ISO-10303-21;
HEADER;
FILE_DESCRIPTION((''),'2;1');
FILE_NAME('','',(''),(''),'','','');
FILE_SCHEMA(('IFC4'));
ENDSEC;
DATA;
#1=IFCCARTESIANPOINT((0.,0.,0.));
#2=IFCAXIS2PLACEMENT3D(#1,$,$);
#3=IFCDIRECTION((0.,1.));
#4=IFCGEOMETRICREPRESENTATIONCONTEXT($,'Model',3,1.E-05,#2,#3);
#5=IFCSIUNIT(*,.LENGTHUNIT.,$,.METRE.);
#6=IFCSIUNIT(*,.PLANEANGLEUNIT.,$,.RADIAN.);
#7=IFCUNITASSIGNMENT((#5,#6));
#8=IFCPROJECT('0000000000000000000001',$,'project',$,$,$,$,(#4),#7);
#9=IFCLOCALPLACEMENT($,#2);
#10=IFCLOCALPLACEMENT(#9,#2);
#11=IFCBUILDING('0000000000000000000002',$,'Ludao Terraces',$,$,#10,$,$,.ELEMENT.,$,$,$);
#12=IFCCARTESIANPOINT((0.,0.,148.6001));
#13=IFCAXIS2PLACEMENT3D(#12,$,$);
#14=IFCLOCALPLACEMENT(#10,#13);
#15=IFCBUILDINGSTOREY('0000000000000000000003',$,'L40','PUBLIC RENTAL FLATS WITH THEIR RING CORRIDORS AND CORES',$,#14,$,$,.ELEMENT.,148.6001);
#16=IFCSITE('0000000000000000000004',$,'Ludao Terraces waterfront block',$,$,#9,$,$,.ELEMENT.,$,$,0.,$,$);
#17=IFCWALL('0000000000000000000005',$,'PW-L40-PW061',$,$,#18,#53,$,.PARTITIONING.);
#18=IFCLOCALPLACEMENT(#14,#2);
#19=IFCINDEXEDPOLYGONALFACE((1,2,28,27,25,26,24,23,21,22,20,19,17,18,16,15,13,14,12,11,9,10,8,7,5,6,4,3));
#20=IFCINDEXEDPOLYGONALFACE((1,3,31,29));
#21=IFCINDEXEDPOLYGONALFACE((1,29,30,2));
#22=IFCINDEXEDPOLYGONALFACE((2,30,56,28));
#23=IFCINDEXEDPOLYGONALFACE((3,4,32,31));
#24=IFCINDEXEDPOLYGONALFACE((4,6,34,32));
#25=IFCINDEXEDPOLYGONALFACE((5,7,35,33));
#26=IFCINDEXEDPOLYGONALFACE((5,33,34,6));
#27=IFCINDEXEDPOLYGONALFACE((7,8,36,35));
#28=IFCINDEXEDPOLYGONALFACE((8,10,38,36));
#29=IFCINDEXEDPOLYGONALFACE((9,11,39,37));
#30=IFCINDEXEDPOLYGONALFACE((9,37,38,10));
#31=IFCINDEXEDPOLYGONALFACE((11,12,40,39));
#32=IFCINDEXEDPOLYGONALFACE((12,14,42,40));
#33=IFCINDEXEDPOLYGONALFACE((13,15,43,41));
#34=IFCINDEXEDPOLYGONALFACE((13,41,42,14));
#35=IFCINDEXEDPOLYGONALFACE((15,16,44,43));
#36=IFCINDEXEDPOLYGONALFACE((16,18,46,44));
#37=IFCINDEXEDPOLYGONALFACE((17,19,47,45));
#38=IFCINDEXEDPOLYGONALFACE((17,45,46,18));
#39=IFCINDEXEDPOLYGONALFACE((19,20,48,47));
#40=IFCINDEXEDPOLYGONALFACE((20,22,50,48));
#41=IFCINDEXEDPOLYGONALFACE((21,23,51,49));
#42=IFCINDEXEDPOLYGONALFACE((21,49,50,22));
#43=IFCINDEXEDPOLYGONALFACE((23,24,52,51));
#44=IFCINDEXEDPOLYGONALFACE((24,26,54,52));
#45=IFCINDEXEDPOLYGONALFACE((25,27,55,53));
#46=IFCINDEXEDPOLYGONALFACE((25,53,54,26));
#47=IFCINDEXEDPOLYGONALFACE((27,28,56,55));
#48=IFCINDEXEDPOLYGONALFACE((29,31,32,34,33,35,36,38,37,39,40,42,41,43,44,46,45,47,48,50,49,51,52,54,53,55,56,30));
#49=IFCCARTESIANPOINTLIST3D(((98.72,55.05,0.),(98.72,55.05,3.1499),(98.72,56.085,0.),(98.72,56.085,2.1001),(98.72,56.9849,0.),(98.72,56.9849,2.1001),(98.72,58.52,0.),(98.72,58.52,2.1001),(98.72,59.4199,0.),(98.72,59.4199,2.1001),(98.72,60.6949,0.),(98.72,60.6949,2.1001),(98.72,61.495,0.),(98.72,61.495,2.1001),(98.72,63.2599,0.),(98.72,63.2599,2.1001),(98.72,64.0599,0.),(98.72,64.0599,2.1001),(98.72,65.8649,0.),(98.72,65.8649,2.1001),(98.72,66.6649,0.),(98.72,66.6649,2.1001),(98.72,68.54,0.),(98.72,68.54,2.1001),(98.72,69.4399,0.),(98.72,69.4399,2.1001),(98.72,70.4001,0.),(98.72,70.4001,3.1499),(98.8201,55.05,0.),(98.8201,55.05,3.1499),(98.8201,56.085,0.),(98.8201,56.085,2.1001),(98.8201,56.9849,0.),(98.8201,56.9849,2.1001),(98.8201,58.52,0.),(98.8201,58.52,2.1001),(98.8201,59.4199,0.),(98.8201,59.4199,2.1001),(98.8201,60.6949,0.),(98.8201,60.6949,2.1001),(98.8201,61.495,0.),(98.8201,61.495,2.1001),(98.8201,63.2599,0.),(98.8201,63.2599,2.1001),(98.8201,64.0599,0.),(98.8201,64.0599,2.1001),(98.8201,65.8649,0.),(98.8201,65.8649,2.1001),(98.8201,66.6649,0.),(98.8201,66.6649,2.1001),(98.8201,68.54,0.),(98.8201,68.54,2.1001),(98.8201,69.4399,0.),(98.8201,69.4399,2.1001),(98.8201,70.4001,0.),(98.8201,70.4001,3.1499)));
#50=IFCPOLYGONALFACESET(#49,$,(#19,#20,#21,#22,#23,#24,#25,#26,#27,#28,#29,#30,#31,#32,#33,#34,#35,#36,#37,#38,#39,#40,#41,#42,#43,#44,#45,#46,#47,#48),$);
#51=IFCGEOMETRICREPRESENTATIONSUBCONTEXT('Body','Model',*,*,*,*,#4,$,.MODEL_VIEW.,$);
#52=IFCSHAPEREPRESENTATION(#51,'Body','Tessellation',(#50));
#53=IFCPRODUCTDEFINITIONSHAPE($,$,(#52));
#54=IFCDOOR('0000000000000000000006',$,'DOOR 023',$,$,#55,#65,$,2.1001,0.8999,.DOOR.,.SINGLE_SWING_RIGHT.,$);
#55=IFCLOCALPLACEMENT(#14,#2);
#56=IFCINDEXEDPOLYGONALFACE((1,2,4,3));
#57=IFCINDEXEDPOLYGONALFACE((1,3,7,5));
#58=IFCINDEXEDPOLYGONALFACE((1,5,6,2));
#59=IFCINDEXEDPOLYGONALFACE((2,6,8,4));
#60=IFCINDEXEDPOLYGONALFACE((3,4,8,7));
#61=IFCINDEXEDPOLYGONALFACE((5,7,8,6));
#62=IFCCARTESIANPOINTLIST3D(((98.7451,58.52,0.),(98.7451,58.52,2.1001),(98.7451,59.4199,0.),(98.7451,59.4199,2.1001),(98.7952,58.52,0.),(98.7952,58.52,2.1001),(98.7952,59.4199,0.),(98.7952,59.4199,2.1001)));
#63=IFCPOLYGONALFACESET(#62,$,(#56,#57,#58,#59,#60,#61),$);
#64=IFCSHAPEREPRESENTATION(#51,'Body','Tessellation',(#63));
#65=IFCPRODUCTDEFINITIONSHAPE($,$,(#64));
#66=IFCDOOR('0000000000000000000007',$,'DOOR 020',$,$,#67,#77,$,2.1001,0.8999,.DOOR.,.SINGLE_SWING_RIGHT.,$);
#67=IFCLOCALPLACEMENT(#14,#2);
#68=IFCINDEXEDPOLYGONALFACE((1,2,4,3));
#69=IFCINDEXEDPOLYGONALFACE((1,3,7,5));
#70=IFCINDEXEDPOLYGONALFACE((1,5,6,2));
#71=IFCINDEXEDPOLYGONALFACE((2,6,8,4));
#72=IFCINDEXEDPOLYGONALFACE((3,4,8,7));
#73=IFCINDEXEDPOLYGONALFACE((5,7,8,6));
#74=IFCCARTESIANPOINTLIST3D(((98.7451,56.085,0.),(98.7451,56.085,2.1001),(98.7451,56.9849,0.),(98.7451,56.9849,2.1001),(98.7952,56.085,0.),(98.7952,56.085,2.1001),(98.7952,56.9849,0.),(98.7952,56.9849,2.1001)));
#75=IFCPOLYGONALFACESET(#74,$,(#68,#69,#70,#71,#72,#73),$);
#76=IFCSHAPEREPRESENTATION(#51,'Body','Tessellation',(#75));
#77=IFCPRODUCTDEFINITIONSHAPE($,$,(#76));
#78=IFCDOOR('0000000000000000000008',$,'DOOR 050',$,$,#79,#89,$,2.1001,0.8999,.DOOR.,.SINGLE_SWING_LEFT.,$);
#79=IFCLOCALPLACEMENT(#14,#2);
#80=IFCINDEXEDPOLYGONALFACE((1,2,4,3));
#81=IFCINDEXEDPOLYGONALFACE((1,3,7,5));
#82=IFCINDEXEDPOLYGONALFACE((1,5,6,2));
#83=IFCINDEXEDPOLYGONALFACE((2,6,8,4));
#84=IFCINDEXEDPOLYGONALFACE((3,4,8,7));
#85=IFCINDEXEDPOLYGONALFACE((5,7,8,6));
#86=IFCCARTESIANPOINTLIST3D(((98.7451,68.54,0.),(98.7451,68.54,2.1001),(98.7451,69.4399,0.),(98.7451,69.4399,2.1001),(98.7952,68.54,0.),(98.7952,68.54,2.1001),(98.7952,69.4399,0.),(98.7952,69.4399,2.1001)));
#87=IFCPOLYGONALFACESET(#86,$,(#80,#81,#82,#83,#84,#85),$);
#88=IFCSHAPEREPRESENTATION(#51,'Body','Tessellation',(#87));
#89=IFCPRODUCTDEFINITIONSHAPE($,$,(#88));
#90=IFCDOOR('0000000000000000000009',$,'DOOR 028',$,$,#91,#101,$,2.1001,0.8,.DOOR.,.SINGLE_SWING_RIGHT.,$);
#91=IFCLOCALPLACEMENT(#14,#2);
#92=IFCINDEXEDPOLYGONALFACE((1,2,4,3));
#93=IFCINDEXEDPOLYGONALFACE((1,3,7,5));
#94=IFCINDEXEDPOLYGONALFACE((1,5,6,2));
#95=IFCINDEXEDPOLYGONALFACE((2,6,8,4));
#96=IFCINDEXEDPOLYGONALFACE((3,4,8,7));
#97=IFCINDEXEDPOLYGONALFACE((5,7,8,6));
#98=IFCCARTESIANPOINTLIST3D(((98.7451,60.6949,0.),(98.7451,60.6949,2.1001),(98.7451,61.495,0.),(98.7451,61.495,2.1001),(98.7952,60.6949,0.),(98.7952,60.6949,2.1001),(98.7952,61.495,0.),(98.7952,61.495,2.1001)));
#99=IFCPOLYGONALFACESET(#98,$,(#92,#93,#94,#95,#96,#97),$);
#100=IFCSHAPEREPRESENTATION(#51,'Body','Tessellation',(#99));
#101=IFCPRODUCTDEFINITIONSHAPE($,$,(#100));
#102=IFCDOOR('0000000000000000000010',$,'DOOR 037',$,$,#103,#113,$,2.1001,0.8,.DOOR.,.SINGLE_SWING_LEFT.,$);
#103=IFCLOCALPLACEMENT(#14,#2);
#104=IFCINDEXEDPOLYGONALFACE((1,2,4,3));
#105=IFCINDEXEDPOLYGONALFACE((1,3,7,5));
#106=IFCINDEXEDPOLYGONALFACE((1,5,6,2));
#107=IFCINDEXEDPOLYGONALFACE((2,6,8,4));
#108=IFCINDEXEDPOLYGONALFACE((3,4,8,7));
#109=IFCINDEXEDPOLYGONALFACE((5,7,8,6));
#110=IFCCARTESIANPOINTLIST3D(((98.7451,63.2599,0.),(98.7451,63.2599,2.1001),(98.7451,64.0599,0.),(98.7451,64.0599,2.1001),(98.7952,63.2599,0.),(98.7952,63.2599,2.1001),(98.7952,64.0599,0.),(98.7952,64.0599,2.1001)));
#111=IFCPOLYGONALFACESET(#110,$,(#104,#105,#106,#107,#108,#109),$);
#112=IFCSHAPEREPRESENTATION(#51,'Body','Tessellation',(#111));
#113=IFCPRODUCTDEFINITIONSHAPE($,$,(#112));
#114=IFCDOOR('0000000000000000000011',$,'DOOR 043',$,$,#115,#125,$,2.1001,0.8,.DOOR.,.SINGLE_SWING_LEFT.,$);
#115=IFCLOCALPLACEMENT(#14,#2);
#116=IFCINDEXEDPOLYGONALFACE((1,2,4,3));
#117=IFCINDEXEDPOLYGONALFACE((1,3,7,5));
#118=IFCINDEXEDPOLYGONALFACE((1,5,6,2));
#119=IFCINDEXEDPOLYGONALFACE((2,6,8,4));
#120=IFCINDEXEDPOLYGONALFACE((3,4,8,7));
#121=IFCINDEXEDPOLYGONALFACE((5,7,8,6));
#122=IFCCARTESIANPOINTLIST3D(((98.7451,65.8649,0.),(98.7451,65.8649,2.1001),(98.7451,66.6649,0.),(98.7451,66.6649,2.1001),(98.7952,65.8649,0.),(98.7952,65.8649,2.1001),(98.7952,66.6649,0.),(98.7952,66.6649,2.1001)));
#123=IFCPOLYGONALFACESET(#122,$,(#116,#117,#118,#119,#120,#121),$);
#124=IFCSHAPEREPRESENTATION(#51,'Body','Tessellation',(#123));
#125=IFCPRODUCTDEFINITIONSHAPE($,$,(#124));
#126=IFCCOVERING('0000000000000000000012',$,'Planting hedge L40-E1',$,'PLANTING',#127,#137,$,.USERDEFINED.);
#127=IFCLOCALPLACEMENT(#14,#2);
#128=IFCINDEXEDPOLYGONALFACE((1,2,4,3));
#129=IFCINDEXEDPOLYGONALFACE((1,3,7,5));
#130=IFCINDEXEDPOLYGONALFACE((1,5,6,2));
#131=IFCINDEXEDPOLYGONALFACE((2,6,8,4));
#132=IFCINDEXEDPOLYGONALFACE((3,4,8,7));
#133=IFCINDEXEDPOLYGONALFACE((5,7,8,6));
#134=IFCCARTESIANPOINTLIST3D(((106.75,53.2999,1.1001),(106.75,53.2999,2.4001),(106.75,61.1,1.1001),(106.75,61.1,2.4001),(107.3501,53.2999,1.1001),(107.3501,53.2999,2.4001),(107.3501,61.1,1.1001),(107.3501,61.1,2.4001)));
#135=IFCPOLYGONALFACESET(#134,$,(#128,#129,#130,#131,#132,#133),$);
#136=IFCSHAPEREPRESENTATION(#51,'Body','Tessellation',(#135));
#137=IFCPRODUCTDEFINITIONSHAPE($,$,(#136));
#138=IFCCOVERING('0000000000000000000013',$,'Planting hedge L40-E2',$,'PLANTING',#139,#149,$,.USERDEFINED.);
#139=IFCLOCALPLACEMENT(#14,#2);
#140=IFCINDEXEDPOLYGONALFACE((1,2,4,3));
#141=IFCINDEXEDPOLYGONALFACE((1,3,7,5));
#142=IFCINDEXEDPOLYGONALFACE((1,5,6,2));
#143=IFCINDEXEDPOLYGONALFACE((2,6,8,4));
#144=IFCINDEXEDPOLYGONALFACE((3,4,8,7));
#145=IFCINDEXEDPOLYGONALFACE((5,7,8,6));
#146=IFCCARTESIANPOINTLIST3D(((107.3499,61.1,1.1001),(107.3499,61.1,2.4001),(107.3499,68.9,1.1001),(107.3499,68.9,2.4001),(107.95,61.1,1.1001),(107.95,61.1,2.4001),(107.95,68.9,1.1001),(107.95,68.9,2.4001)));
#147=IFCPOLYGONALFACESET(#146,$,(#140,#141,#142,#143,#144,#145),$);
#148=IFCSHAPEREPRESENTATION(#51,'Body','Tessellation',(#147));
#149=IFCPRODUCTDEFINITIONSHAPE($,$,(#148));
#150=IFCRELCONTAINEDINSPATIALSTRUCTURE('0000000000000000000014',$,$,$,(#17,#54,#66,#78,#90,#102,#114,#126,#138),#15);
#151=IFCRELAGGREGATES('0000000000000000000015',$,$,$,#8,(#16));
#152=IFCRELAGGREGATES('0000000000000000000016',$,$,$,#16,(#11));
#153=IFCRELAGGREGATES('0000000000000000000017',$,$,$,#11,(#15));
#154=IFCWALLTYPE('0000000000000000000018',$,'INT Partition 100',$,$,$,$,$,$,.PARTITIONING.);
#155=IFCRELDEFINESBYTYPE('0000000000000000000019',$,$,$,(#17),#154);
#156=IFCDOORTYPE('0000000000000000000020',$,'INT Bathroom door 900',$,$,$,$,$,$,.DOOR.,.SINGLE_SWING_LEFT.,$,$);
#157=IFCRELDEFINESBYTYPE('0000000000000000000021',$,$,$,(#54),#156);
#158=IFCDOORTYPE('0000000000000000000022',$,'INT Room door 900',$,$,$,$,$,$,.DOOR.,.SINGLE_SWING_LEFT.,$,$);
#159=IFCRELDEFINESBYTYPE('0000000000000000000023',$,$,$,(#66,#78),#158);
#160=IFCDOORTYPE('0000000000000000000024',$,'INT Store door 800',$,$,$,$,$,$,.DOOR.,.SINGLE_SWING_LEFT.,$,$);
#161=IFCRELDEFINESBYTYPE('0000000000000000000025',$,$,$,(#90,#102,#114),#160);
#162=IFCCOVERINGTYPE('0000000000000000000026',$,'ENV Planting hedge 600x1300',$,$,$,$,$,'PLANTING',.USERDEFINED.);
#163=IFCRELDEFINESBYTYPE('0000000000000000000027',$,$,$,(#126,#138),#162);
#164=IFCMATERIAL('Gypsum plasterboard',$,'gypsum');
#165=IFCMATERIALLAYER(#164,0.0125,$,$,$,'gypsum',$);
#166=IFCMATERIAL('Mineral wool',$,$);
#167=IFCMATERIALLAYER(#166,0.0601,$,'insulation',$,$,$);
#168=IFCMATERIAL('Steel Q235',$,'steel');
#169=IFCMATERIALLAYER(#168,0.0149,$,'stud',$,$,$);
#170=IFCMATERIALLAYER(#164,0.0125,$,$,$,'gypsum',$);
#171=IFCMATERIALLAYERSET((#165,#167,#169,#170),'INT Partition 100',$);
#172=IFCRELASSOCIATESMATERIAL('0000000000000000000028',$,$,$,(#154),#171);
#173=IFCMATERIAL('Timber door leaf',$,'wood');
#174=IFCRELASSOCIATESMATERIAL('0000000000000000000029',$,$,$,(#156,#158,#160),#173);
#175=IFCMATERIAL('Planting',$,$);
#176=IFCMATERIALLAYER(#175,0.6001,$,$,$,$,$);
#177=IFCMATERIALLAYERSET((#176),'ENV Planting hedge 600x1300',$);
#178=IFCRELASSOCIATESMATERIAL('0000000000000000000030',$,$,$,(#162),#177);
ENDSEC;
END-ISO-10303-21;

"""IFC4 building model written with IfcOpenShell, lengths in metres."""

from ifc_helpers import new_model, si_unit, direction, frame, frame_2d, origin, origin_2d, place, context, subcontext, project, spatial, rectangle, extrude, material, layer, layer_set, type_object, element, fill, save


model = new_model("IFC4")

# Units and contexts
model_context = context("Model", 3, precision=1e-05, world=origin(), true_north=direction((0.0, 1.0)))
body_context = subcontext(model_context, "Body", "Model", "MODEL_VIEW")
ifc_project = project(units=[si_unit("LENGTHUNIT", "METRE"), si_unit("PLANEANGLEUNIT", "RADIAN")], contexts=[model_context])

# Site, building, storey
site_placement = place(None, origin())
site = spatial("IfcSite", under=ifc_project, at=site_placement, Name="Ludao Terraces waterfront block", CompositionType="ELEMENT", RefElevation=0.0)
building_placement = place(site_placement, origin())
building = spatial("IfcBuilding", under=site, at=building_placement, Name="Ludao Terraces", CompositionType="ELEMENT")
storey_placement = place(building_placement, frame((0.0, 0.0, 148.6001)))
storey = spatial("IfcBuildingStorey", under=building, at=storey_placement, Name="L40", Description="PUBLIC RENTAL FLATS WITH THEIR RING CORRIDORS AND CORES", CompositionType="ELEMENT", Elevation=148.6001)

# Shared definitions
ifc_material_1 = material(Name="Mineral wool")

# Shared definitions
ifc_material_2 = material(Name="Gypsum plasterboard", Category="gypsum")
ifc_layer_1 = layer(ifc_material_2, 0.0125, Category="gypsum")
ifc_layer_2 = layer(ifc_material_1, 0.0601, Name="insulation")
ifc_material_3 = material(Name="Steel Q235", Category="steel")
ifc_layer_3 = layer(ifc_material_3, 0.0149, Name="stud")
ifc_layer_4 = layer(ifc_material_2, 0.0125, Category="gypsum")
ifc_layer_set_1 = layer_set([ifc_layer_1, ifc_layer_2, ifc_layer_3, ifc_layer_4], Name="INT Partition 100")
wall_type_1 = type_object("IfcWallType", Name="INT Partition 100", PredefinedType="PARTITIONING", material=ifc_layer_set_1)

# Wall, openings, doors
wall_1_placement = place(storey_placement, frame((98.77, 55.05, 0.0), z_axis=(0.0, 0.0, 1.0), x_axis=(0.0, 1.0, 0.0)))
wall_1 = element("IfcWall", 1, at=wall_1_placement, inside=storey, type_object=wall_type_1, Name="PW-L40-PW061", PredefinedType="PARTITIONING", context=body_context, shape_type="SweptSolid", body=[
    extrude(rectangle(XDim=15.3501, YDim=0.1001, at=frame_2d((7.675, 0.0))), origin(), (0.0, 0.0, 1.0), 3.1499),
])
opening_1_placement = place(wall_1_placement, frame((1.0349, 0.0, 0.0)))
opening_1 = element("IfcOpeningElement", 2, at=opening_1_placement, cuts=wall_1, PredefinedType="OPENING", context=body_context, shape_type="SweptSolid", body=[
    extrude(rectangle(XDim=0.8999, YDim=2.1001, at=frame_2d((0.45, 1.05))), frame((0.0, 0.0601, 0.0), z_axis=(0.0, -1.0, 0.0), x_axis=(1.0, 0.0, 0.0)), (0.0, 0.0, 1.0), 0.1201),
])
opening_2_placement = place(wall_1_placement, frame((3.47, 0.0, 0.0)))
opening_2 = element("IfcOpeningElement", 3, at=opening_2_placement, cuts=wall_1, PredefinedType="OPENING", context=body_context, shape_type="SweptSolid", body=[
    extrude(rectangle(XDim=0.8999, YDim=2.1001, at=frame_2d((0.45, 1.05))), frame((0.0, 0.0601, 0.0), z_axis=(0.0, -1.0, 0.0), x_axis=(1.0, 0.0, 0.0)), (0.0, 0.0, 1.0), 0.1201),
])
opening_3_placement = place(wall_1_placement, frame((5.645, 0.0, 0.0)))
opening_3 = element("IfcOpeningElement", 4, at=opening_3_placement, cuts=wall_1, PredefinedType="OPENING", context=body_context, shape_type="SweptSolid", body=[
    extrude(rectangle(XDim=0.8, YDim=2.1001, at=frame_2d((0.3999, 1.05))), frame((0.0, 0.0601, 0.0), z_axis=(0.0, -1.0, 0.0), x_axis=(1.0, 0.0, 0.0)), (0.0, 0.0, 1.0), 0.1201),
])
opening_4_placement = place(wall_1_placement, frame((8.21, 0.0, 0.0)))
opening_4 = element("IfcOpeningElement", 5, at=opening_4_placement, cuts=wall_1, PredefinedType="OPENING", context=body_context, shape_type="SweptSolid", body=[
    extrude(rectangle(XDim=0.8, YDim=2.1001, at=frame_2d((0.3999, 1.05))), frame((0.0, 0.0601, 0.0), z_axis=(0.0, -1.0, 0.0), x_axis=(1.0, 0.0, 0.0)), (0.0, 0.0, 1.0), 0.1201),
])
opening_5_placement = place(wall_1_placement, frame((10.8149, 0.0, 0.0)))
opening_5 = element("IfcOpeningElement", 6, at=opening_5_placement, cuts=wall_1, PredefinedType="OPENING", context=body_context, shape_type="SweptSolid", body=[
    extrude(rectangle(XDim=0.8, YDim=2.1001, at=frame_2d((0.3999, 1.05))), frame((0.0, 0.0601, 0.0), z_axis=(0.0, -1.0, 0.0), x_axis=(1.0, 0.0, 0.0)), (0.0, 0.0, 1.0), 0.1201),
])
opening_6_placement = place(wall_1_placement, frame((13.49, 0.0, 0.0)))
opening_6 = element("IfcOpeningElement", 7, at=opening_6_placement, cuts=wall_1, PredefinedType="OPENING", context=body_context, shape_type="SweptSolid", body=[
    extrude(rectangle(XDim=0.8999, YDim=2.1001, at=frame_2d((0.45, 1.05))), frame((0.0, 0.0601, 0.0), z_axis=(0.0, -1.0, 0.0), x_axis=(1.0, 0.0, 0.0)), (0.0, 0.0, 1.0), 0.1201),
])
ifc_material_4 = material(Name="Timber door leaf", Category="wood")
door_type_1 = type_object("IfcDoorType", Name="INT Bathroom door 900", OperationType="SINGLE_SWING_LEFT", PredefinedType="DOOR", material=ifc_material_4)
door_1_placement = place(opening_2_placement, origin())
door_1 = element("IfcDoor", 8, at=door_1_placement, inside=storey, type_object=door_type_1, Name="DOOR 023", OperationType="SINGLE_SWING_RIGHT", OverallHeight=2.1001, OverallWidth=0.8999, PredefinedType="DOOR", context=body_context, shape_type="SweptSolid", body=[
    extrude(rectangle(XDim=0.8999, YDim=2.1001, at=frame_2d((0.45, 1.05))), frame((0.0, 0.0249, 0.0), z_axis=(0.0, -1.0, 0.0), x_axis=(1.0, 0.0, 0.0)), (0.0, 0.0, 1.0), 0.05),
])
fill(opening_2, door_1)
door_type_2 = type_object("IfcDoorType", Name="INT Room door 900", OperationType="SINGLE_SWING_LEFT", PredefinedType="DOOR", material=ifc_material_4)
door_2_placement = place(opening_1_placement, origin())
door_2 = element("IfcDoor", 9, at=door_2_placement, inside=storey, type_object=door_type_2, Name="DOOR 020", OperationType="SINGLE_SWING_RIGHT", OverallHeight=2.1001, OverallWidth=0.8999, PredefinedType="DOOR", context=body_context, shape_type="SweptSolid", body=[
    extrude(rectangle(XDim=0.8999, YDim=2.1001, at=frame_2d((0.45, 1.05))), frame((0.0, 0.0249, 0.0), z_axis=(0.0, -1.0, 0.0), x_axis=(1.0, 0.0, 0.0)), (0.0, 0.0, 1.0), 0.05),
])
fill(opening_1, door_2)
door_3_placement = place(opening_6_placement, origin())
door_3 = element("IfcDoor", 10, at=door_3_placement, inside=storey, type_object=door_type_2, Name="DOOR 050", OperationType="SINGLE_SWING_LEFT", OverallHeight=2.1001, OverallWidth=0.8999, PredefinedType="DOOR", context=body_context, shape_type="SweptSolid", body=[
    extrude(rectangle(XDim=0.8999, YDim=2.1001, at=frame_2d((0.45, 1.05))), frame((0.0, 0.0249, 0.0), z_axis=(0.0, -1.0, 0.0), x_axis=(1.0, 0.0, 0.0)), (0.0, 0.0, 1.0), 0.05),
])
fill(opening_6, door_3)
door_type_3 = type_object("IfcDoorType", Name="INT Store door 800", OperationType="SINGLE_SWING_LEFT", PredefinedType="DOOR", material=ifc_material_4)
door_4_placement = place(opening_3_placement, origin())
door_4 = element("IfcDoor", 11, at=door_4_placement, inside=storey, type_object=door_type_3, Name="DOOR 028", OperationType="SINGLE_SWING_RIGHT", OverallHeight=2.1001, OverallWidth=0.8, PredefinedType="DOOR", context=body_context, shape_type="SweptSolid", body=[
    extrude(rectangle(XDim=0.8, YDim=2.1001, at=frame_2d((0.3999, 1.05))), frame((0.0, 0.0249, 0.0), z_axis=(0.0, -1.0, 0.0), x_axis=(1.0, 0.0, 0.0)), (0.0, 0.0, 1.0), 0.05),
])
fill(opening_3, door_4)
door_5_placement = place(opening_4_placement, origin())
door_5 = element("IfcDoor", 12, at=door_5_placement, inside=storey, type_object=door_type_3, Name="DOOR 037", OperationType="SINGLE_SWING_LEFT", OverallHeight=2.1001, OverallWidth=0.8, PredefinedType="DOOR", context=body_context, shape_type="SweptSolid", body=[
    extrude(rectangle(XDim=0.8, YDim=2.1001, at=frame_2d((0.3999, 1.05))), frame((0.0, 0.0249, 0.0), z_axis=(0.0, -1.0, 0.0), x_axis=(1.0, 0.0, 0.0)), (0.0, 0.0, 1.0), 0.05),
])
fill(opening_4, door_5)
door_6_placement = place(opening_5_placement, origin())
door_6 = element("IfcDoor", 13, at=door_6_placement, inside=storey, type_object=door_type_3, Name="DOOR 043", OperationType="SINGLE_SWING_LEFT", OverallHeight=2.1001, OverallWidth=0.8, PredefinedType="DOOR", context=body_context, shape_type="SweptSolid", body=[
    extrude(rectangle(XDim=0.8, YDim=2.1001, at=frame_2d((0.3999, 1.05))), frame((0.0, 0.0249, 0.0), z_axis=(0.0, -1.0, 0.0), x_axis=(1.0, 0.0, 0.0)), (0.0, 0.0, 1.0), 0.05),
])
fill(opening_5, door_6)

# Coverings
ifc_material_5 = material(Name="Planting")
ifc_layer_5 = layer(ifc_material_5, 0.6001)
ifc_layer_set_2 = layer_set([ifc_layer_5], Name="ENV Planting hedge 600x1300")
covering_type = type_object("IfcCoveringType", Name="ENV Planting hedge 600x1300", ElementType="PLANTING", PredefinedType="USERDEFINED", material=ifc_layer_set_2)
for number, where, z_axis, x_axis, name in (
    (14, (107.05, 57.2, 1.1001), (0.0, 0.0, 1.0), (1.0, 0.0, 0.0), "Planting hedge L40-E1"),
    (15, (107.6499, 65.0, 1.1001), (0.0, 0.0, 1.0), (1.0, 0.0, 0.0), "Planting hedge L40-E2"),
):
    element("IfcCovering", number, at=place(storey_placement, frame(where, z_axis=z_axis, x_axis=x_axis)), inside=storey, type_object=covering_type, Name=name, ObjectType="PLANTING", PredefinedType="USERDEFINED", context=body_context, shape_type="SweptSolid", body=[
        extrude(rectangle(XDim=0.6001, YDim=7.8, at=origin_2d()), origin(), (0.0, 0.0, 1.0), 1.3),
    ])

save(model, "model.ifc")
